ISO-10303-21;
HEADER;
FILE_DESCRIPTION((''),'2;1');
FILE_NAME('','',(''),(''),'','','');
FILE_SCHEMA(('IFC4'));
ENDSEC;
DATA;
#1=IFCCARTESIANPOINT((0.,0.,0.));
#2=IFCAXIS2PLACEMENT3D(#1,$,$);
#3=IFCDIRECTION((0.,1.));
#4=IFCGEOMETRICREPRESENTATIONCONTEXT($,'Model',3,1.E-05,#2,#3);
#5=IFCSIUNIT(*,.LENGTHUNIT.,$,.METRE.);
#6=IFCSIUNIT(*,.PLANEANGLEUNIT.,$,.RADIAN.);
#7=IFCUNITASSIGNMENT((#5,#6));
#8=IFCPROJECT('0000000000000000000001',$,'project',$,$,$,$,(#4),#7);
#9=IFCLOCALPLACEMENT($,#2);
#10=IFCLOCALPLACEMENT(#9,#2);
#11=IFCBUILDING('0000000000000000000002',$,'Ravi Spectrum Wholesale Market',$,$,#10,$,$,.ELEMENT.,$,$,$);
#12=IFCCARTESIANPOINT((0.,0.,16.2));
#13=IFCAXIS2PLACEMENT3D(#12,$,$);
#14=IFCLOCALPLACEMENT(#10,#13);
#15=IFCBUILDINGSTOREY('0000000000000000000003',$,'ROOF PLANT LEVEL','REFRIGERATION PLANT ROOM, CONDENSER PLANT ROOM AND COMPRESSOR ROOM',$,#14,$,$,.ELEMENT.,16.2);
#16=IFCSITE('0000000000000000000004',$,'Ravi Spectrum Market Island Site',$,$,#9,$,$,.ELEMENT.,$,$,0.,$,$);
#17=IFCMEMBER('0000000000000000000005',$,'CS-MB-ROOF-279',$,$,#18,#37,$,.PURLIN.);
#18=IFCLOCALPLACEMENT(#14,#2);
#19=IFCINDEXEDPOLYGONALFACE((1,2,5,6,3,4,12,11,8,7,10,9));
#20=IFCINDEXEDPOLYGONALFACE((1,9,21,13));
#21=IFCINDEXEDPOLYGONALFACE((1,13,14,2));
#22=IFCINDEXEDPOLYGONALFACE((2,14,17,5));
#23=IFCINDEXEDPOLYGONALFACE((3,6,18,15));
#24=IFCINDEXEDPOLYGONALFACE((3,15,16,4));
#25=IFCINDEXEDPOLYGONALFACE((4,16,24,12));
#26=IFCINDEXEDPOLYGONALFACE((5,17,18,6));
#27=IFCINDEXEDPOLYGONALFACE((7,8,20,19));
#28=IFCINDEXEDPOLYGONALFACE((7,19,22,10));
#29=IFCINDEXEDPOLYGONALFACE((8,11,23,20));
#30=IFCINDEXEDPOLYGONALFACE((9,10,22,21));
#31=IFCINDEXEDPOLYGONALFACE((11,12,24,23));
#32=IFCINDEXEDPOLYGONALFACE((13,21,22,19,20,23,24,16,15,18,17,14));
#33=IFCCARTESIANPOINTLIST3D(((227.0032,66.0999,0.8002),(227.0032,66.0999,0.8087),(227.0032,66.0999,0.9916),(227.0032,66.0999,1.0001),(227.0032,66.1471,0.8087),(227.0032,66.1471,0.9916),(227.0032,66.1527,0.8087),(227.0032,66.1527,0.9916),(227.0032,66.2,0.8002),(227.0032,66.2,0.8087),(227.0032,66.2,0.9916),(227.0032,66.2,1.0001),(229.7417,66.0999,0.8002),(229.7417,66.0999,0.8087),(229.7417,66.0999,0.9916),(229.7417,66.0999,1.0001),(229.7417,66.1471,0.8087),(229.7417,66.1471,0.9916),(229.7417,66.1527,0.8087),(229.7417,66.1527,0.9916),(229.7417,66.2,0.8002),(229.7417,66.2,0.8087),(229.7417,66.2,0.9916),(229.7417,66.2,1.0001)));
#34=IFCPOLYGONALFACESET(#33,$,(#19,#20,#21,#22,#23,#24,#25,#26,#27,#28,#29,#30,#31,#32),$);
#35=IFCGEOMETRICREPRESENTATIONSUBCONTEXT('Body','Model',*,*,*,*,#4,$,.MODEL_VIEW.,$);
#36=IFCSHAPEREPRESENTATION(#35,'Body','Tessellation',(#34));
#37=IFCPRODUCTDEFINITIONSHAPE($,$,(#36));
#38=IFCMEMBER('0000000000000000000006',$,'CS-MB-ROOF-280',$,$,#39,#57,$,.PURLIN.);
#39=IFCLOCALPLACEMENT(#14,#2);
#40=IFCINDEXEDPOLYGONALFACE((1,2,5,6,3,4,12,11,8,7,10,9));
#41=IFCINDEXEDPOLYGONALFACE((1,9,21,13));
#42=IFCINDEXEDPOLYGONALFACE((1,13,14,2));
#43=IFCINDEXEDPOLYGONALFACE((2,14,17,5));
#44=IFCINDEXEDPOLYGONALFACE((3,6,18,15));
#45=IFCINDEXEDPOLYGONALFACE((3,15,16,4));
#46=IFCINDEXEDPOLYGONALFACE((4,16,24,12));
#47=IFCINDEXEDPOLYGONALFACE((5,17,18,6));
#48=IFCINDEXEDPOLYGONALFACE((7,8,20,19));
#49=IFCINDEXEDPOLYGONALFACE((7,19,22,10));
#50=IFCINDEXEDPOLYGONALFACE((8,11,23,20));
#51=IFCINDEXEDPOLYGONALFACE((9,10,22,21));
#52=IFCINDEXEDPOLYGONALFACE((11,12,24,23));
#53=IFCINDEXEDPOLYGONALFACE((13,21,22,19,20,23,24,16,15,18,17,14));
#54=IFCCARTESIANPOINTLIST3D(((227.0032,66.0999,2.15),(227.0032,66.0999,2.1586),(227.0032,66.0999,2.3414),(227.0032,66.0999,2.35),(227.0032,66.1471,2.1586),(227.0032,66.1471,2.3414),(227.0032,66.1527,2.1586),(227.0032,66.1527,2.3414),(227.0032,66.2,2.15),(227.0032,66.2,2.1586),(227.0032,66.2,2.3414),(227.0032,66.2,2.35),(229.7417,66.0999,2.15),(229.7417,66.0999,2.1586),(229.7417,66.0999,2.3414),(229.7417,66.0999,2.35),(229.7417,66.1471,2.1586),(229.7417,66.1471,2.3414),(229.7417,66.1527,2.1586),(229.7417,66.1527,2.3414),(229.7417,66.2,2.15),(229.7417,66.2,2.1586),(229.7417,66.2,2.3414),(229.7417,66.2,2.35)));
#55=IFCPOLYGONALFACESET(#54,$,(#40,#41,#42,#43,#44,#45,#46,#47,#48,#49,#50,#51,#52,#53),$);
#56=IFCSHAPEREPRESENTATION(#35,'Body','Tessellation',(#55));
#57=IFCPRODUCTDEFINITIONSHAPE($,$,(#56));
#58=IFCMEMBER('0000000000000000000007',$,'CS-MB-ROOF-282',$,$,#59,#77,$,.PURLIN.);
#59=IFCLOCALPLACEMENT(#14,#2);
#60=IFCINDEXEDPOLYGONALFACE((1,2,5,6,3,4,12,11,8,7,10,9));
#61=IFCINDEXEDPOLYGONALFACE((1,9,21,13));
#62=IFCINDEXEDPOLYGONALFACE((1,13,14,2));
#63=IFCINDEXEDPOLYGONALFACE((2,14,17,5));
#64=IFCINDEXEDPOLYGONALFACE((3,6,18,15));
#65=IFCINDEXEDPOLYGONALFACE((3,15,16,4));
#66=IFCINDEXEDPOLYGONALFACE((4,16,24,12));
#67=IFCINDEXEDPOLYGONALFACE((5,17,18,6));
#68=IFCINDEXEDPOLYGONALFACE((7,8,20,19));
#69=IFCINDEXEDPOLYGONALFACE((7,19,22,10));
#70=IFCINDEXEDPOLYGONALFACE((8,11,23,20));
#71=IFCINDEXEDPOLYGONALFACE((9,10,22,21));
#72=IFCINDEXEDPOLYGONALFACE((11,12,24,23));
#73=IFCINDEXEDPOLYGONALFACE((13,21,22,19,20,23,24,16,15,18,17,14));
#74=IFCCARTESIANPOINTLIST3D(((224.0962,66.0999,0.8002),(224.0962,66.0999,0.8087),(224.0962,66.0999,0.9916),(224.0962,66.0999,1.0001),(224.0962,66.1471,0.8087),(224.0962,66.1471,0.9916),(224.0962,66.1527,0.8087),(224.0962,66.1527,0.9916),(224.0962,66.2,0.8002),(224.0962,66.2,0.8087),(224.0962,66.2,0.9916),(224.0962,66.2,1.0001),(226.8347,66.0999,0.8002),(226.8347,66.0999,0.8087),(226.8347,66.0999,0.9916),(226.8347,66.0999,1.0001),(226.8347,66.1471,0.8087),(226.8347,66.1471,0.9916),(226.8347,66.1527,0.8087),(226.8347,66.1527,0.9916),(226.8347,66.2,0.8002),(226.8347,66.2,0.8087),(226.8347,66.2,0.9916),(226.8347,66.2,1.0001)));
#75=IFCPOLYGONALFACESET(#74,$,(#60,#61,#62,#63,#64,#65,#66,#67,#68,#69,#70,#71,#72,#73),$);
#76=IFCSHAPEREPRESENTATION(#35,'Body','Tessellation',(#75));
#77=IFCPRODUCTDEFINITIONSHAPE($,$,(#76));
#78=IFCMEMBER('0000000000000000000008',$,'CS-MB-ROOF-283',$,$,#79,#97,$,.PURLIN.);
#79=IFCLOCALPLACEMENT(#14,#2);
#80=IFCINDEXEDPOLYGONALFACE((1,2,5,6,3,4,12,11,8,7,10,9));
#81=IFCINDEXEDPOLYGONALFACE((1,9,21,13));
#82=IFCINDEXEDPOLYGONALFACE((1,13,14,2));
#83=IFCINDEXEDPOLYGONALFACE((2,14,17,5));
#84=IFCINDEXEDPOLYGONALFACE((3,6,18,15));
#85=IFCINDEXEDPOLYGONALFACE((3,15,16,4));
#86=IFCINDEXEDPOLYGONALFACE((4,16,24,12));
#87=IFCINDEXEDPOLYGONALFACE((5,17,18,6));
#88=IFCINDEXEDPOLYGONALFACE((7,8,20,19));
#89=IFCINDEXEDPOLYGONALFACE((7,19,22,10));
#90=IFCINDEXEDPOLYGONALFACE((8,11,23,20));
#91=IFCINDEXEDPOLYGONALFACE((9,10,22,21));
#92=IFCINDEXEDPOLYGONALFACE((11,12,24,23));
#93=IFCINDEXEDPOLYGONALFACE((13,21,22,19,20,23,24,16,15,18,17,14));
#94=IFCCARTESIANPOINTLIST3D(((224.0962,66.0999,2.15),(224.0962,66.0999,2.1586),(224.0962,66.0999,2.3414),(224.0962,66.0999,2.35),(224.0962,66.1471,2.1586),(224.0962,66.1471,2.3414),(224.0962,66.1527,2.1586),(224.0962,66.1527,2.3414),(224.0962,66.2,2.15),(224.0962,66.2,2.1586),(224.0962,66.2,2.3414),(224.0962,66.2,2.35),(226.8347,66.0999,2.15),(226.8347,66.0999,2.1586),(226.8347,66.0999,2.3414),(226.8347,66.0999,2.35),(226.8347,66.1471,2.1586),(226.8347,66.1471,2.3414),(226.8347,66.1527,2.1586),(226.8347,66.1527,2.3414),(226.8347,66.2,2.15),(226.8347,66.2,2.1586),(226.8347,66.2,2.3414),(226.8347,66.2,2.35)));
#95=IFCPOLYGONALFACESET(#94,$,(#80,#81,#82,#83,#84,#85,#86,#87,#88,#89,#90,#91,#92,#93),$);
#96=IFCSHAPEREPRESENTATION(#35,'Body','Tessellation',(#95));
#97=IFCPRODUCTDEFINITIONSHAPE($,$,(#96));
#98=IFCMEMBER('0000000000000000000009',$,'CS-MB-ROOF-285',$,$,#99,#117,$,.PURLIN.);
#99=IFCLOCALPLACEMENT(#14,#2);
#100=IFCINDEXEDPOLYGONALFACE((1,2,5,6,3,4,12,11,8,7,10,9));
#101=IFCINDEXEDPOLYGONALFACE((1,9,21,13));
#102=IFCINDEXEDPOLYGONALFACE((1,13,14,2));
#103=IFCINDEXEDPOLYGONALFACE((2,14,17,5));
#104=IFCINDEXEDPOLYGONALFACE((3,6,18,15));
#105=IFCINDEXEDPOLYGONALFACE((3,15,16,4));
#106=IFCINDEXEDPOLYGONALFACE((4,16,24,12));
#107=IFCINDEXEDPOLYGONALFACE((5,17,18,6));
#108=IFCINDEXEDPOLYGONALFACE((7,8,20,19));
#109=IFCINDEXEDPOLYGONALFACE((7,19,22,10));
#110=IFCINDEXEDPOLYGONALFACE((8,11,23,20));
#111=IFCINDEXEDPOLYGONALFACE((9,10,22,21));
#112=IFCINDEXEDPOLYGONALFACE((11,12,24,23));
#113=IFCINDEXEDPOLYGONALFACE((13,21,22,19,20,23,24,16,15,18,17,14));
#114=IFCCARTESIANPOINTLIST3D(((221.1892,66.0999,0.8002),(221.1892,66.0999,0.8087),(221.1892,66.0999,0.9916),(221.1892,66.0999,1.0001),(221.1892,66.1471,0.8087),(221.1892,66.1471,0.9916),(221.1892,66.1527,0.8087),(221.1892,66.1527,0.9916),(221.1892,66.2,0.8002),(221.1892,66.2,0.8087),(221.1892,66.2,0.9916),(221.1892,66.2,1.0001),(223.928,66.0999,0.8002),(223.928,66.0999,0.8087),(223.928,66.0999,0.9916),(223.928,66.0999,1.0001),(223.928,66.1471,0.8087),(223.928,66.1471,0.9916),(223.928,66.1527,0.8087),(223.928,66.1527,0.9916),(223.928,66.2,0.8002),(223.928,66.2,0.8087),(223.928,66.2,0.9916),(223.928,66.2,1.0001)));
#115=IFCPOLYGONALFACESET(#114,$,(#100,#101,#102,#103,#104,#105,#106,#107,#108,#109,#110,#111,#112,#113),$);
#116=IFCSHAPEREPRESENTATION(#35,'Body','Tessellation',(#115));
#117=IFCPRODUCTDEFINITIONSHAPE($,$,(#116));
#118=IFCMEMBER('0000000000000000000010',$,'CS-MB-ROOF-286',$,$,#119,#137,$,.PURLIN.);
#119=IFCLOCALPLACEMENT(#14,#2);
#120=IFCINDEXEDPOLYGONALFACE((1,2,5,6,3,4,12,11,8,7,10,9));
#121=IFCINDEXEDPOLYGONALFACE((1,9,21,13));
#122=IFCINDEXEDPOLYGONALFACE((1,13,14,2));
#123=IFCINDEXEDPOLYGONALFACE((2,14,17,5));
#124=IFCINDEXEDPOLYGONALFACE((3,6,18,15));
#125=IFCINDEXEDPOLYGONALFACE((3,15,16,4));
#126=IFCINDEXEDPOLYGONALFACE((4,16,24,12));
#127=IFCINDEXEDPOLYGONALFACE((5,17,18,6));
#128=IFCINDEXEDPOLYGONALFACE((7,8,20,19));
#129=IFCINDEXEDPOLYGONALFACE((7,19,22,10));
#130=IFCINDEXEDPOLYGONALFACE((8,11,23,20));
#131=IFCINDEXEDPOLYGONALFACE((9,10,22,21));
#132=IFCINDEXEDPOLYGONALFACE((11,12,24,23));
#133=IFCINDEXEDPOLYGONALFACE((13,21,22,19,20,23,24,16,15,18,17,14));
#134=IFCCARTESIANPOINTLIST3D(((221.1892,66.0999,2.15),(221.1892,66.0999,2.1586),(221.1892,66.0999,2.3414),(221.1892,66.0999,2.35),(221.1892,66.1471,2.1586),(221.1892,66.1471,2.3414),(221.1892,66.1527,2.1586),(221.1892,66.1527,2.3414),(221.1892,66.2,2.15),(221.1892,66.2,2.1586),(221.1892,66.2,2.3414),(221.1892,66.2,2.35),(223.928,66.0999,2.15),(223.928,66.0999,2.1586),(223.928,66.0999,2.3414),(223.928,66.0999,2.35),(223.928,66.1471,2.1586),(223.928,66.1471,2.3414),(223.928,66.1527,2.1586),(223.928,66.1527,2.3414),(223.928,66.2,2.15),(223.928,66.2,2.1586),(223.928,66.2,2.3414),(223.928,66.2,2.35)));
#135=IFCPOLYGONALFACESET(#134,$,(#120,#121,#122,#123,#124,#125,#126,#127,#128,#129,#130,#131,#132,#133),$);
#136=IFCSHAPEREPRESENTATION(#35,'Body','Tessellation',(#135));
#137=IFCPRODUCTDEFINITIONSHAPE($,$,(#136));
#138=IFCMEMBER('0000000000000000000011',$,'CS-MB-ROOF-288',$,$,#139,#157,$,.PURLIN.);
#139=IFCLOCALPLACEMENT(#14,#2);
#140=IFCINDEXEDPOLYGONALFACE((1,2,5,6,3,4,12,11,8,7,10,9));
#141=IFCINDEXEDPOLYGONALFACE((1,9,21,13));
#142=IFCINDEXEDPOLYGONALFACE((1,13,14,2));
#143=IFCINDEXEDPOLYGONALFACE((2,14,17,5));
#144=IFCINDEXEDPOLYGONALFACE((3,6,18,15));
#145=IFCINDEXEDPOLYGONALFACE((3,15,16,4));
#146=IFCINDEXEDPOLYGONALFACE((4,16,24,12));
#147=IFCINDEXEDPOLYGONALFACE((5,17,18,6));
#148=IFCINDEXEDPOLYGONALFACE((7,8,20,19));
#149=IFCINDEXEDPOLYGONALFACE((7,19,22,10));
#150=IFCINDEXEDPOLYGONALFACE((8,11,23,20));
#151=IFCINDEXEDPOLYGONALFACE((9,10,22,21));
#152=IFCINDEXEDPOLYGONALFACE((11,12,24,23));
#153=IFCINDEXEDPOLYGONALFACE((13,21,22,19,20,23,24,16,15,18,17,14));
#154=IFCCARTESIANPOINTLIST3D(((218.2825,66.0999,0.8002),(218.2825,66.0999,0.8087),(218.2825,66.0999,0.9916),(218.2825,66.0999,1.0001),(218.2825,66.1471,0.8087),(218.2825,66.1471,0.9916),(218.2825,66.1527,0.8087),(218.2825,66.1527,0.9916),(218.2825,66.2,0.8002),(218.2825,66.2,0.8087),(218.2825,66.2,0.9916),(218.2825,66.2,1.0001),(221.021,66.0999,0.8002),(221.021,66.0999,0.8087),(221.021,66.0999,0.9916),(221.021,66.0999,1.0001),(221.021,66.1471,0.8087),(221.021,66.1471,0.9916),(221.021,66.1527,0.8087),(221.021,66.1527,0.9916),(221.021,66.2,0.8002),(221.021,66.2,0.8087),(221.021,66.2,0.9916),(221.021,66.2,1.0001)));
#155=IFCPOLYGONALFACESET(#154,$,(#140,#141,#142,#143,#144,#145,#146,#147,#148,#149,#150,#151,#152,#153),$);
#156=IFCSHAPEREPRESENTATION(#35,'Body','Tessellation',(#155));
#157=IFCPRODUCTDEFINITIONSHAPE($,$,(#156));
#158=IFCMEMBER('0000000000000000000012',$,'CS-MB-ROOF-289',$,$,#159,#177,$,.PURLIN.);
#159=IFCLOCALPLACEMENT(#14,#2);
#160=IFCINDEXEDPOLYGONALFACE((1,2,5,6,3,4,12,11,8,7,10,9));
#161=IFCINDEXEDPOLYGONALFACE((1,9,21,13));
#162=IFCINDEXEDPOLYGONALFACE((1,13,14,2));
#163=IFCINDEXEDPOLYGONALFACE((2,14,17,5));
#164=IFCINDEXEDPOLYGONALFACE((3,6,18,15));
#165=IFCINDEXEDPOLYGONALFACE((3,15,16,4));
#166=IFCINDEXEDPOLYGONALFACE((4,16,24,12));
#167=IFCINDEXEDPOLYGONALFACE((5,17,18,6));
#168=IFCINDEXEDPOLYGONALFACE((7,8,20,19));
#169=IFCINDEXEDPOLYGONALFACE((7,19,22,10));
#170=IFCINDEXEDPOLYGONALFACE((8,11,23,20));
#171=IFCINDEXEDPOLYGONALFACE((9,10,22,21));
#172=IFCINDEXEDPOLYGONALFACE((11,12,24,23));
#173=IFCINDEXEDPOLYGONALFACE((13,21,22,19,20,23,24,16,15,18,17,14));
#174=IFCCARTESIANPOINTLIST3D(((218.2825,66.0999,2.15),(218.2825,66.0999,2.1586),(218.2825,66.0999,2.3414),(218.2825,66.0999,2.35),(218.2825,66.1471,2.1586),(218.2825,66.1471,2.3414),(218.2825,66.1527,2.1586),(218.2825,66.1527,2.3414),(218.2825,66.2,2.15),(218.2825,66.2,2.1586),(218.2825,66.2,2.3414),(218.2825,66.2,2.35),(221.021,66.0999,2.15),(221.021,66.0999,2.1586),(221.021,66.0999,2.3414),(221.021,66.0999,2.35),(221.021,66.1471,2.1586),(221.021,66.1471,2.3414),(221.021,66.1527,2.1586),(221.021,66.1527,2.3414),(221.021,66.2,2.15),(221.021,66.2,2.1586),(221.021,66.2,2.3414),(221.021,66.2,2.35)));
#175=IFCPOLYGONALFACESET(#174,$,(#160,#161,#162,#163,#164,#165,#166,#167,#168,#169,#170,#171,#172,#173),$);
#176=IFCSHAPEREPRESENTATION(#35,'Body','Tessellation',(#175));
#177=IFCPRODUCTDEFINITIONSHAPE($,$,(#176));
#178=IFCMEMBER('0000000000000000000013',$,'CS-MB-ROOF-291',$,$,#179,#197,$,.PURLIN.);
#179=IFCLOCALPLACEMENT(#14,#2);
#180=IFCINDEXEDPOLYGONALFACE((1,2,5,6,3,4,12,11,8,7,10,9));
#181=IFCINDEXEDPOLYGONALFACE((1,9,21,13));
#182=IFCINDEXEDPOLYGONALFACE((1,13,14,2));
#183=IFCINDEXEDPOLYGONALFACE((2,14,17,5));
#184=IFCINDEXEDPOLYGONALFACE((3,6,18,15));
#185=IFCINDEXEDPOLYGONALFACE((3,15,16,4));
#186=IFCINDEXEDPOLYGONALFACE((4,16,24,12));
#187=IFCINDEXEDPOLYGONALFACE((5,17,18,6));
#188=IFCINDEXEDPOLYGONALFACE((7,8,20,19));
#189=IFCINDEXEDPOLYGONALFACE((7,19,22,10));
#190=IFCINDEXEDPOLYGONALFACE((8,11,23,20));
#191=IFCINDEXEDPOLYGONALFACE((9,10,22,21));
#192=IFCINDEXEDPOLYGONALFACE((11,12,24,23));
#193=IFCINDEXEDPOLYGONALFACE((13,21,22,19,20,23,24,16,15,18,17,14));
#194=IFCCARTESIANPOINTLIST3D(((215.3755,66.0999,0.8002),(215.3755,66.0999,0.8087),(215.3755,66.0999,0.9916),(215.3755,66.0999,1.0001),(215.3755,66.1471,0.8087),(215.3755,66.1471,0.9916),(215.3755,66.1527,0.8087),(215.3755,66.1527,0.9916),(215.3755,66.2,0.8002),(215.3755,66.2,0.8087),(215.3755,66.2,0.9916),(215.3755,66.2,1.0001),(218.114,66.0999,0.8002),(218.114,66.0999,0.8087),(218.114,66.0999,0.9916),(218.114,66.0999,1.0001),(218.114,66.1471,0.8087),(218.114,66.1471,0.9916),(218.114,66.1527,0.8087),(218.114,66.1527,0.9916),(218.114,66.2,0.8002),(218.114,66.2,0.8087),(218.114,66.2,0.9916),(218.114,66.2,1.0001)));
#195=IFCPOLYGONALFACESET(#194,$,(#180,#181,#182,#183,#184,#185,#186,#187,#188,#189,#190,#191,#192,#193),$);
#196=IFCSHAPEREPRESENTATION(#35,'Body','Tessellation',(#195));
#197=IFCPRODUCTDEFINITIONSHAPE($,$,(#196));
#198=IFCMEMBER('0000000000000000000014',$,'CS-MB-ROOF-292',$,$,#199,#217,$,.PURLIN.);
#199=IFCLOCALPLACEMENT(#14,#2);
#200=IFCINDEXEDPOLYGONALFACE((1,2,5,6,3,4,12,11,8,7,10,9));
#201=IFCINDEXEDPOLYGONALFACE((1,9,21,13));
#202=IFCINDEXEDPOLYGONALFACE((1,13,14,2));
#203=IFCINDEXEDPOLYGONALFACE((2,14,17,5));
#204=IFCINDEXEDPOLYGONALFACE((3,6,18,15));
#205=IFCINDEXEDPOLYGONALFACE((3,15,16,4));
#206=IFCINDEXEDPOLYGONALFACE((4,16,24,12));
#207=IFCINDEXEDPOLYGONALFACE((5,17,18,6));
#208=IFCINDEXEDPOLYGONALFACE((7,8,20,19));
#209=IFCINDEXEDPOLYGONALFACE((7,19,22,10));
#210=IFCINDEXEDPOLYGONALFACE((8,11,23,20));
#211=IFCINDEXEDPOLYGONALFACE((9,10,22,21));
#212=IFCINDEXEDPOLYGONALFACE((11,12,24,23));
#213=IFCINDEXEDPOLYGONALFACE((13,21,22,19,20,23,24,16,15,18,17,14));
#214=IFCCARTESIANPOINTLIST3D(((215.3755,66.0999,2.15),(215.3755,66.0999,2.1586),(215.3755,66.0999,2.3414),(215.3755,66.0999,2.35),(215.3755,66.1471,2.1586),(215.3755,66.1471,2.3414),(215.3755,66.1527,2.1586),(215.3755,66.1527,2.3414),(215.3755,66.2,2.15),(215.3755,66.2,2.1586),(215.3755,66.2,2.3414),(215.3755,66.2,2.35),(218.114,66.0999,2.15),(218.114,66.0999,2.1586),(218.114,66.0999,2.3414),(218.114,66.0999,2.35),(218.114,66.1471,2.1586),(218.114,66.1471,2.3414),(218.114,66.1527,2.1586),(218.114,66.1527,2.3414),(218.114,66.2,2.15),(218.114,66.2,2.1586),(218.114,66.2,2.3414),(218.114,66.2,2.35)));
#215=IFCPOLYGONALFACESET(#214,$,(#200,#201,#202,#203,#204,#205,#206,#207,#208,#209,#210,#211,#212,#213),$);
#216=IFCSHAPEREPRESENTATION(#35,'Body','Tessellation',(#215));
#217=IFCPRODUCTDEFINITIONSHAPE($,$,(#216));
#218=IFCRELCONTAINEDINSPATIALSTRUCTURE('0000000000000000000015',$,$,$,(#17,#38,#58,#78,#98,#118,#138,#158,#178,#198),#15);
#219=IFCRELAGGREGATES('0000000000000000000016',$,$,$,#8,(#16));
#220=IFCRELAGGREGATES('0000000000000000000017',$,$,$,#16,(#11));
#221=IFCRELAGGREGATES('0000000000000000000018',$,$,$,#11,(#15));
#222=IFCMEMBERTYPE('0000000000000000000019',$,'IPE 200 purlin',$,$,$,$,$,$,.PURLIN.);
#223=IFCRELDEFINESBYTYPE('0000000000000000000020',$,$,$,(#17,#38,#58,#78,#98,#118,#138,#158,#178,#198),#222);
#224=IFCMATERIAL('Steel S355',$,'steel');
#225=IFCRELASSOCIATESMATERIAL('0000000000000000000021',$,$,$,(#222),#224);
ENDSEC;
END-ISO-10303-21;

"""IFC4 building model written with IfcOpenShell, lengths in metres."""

from ifc_helpers import new_model, si_unit, direction, frame, origin, origin_2d, place, context, subcontext, project, spatial, i_section, extrude, material, material_profile, profile_set, type_object, element, save


model = new_model("IFC4")

# Units and contexts
model_context = context("Model", 3, precision=1e-05, world=origin(), true_north=direction((0.0, 1.0)))
body_context = subcontext(model_context, "Body", "Model", "MODEL_VIEW")
ifc_project = project(units=[si_unit("LENGTHUNIT", "METRE"), si_unit("PLANEANGLEUNIT", "RADIAN")], contexts=[model_context])

# Site, building, storey
site_placement = place(None, origin())
site = spatial("IfcSite", under=ifc_project, at=site_placement, Name="Ravi Spectrum Market Island Site", CompositionType="ELEMENT", RefElevation=0.0)
building_placement = place(site_placement, origin())
building = spatial("IfcBuilding", under=site, at=building_placement, Name="Ravi Spectrum Wholesale Market", CompositionType="ELEMENT")
storey_placement = place(building_placement, frame((0.0, 0.0, 16.2)))
storey = spatial("IfcBuildingStorey", under=building, at=storey_placement, Name="ROOF PLANT LEVEL", Description="REFRIGERATION PLANT ROOM, CONDENSER PLANT ROOM AND COMPRESSOR ROOM", CompositionType="ELEMENT", Elevation=16.2)

# Members
ifc_material_1 = material(Name="Steel S355", Category="steel")
ifc_material_profile_1 = material_profile(ifc_material_1, i_section(OverallWidth=0.1001, OverallDepth=0.2, WebThickness=0.0056, FlangeThickness=0.0085, at=origin_2d()))
ifc_profile_set_1 = profile_set([ifc_material_profile_1], Name="Steel S355")
member_type_1 = type_object("IfcMemberType", Name="IPE 200 purlin", PredefinedType="PURLIN", material=ifc_profile_set_1)
for number, where, z_axis, x_axis, name in (
    (1, (229.7417, 66.1499, 0.9001), (-1.0, 0.0, 0.0), (0.0, -1.0, 0.0), "CS-MB-ROOF-279"),
    (2, (229.7417, 66.1499, 2.25), (-1.0, 0.0, 0.0), (0.0, -1.0, 0.0), "CS-MB-ROOF-280"),
    (3, (226.8347, 66.1499, 0.9001), (-1.0, 0.0, 0.0), (0.0, -1.0, 0.0), "CS-MB-ROOF-282"),
    (4, (226.8347, 66.1499, 2.25), (-1.0, 0.0, 0.0), (0.0, -1.0, 0.0), "CS-MB-ROOF-283"),
):
    element("IfcMember", number, at=place(storey_placement, frame(where, z_axis=z_axis, x_axis=x_axis)), inside=storey, type_object=member_type_1, Name=name, PredefinedType="PURLIN", context=body_context, shape_type="SweptSolid", body=[
        extrude(i_section(OverallWidth=0.1001, OverallDepth=0.2, WebThickness=0.0056, FlangeThickness=0.0085, at=origin_2d()), origin(), (0.0, 0.0, 1.0), 2.7385),
    ])
for number, where, z_axis, x_axis, name in (
    (5, (223.928, 66.1499, 0.9001), (-1.0, 0.0, 0.0), (0.0, -1.0, 0.0), "CS-MB-ROOF-285"),
    (6, (223.928, 66.1499, 2.25), (-1.0, 0.0, 0.0), (0.0, -1.0, 0.0), "CS-MB-ROOF-286"),
):
    element("IfcMember", number, at=place(storey_placement, frame(where, z_axis=z_axis, x_axis=x_axis)), inside=storey, type_object=member_type_1, Name=name, PredefinedType="PURLIN", context=body_context, shape_type="SweptSolid", body=[
        extrude(i_section(OverallWidth=0.1001, OverallDepth=0.2, WebThickness=0.0056, FlangeThickness=0.0085, at=origin_2d()), origin(), (0.0, 0.0, 1.0), 2.7388),
    ])
for number, where, z_axis, x_axis, name in (
    (7, (221.021, 66.1499, 0.9001), (-1.0, 0.0, 0.0), (0.0, -1.0, 0.0), "CS-MB-ROOF-288"),
    (8, (221.021, 66.1499, 2.25), (-1.0, 0.0, 0.0), (0.0, -1.0, 0.0), "CS-MB-ROOF-289"),
    (9, (218.114, 66.1499, 0.9001), (-1.0, 0.0, 0.0), (0.0, -1.0, 0.0), "CS-MB-ROOF-291"),
    (10, (218.114, 66.1499, 2.25), (-1.0, 0.0, 0.0), (0.0, -1.0, 0.0), "CS-MB-ROOF-292"),
):
    element("IfcMember", number, at=place(storey_placement, frame(where, z_axis=z_axis, x_axis=x_axis)), inside=storey, type_object=member_type_1, Name=name, PredefinedType="PURLIN", context=body_context, shape_type="SweptSolid", body=[
        extrude(i_section(OverallWidth=0.1001, OverallDepth=0.2, WebThickness=0.0056, FlangeThickness=0.0085, at=origin_2d()), origin(), (0.0, 0.0, 1.0), 2.7385),
    ])

save(model, "model.ifc")
